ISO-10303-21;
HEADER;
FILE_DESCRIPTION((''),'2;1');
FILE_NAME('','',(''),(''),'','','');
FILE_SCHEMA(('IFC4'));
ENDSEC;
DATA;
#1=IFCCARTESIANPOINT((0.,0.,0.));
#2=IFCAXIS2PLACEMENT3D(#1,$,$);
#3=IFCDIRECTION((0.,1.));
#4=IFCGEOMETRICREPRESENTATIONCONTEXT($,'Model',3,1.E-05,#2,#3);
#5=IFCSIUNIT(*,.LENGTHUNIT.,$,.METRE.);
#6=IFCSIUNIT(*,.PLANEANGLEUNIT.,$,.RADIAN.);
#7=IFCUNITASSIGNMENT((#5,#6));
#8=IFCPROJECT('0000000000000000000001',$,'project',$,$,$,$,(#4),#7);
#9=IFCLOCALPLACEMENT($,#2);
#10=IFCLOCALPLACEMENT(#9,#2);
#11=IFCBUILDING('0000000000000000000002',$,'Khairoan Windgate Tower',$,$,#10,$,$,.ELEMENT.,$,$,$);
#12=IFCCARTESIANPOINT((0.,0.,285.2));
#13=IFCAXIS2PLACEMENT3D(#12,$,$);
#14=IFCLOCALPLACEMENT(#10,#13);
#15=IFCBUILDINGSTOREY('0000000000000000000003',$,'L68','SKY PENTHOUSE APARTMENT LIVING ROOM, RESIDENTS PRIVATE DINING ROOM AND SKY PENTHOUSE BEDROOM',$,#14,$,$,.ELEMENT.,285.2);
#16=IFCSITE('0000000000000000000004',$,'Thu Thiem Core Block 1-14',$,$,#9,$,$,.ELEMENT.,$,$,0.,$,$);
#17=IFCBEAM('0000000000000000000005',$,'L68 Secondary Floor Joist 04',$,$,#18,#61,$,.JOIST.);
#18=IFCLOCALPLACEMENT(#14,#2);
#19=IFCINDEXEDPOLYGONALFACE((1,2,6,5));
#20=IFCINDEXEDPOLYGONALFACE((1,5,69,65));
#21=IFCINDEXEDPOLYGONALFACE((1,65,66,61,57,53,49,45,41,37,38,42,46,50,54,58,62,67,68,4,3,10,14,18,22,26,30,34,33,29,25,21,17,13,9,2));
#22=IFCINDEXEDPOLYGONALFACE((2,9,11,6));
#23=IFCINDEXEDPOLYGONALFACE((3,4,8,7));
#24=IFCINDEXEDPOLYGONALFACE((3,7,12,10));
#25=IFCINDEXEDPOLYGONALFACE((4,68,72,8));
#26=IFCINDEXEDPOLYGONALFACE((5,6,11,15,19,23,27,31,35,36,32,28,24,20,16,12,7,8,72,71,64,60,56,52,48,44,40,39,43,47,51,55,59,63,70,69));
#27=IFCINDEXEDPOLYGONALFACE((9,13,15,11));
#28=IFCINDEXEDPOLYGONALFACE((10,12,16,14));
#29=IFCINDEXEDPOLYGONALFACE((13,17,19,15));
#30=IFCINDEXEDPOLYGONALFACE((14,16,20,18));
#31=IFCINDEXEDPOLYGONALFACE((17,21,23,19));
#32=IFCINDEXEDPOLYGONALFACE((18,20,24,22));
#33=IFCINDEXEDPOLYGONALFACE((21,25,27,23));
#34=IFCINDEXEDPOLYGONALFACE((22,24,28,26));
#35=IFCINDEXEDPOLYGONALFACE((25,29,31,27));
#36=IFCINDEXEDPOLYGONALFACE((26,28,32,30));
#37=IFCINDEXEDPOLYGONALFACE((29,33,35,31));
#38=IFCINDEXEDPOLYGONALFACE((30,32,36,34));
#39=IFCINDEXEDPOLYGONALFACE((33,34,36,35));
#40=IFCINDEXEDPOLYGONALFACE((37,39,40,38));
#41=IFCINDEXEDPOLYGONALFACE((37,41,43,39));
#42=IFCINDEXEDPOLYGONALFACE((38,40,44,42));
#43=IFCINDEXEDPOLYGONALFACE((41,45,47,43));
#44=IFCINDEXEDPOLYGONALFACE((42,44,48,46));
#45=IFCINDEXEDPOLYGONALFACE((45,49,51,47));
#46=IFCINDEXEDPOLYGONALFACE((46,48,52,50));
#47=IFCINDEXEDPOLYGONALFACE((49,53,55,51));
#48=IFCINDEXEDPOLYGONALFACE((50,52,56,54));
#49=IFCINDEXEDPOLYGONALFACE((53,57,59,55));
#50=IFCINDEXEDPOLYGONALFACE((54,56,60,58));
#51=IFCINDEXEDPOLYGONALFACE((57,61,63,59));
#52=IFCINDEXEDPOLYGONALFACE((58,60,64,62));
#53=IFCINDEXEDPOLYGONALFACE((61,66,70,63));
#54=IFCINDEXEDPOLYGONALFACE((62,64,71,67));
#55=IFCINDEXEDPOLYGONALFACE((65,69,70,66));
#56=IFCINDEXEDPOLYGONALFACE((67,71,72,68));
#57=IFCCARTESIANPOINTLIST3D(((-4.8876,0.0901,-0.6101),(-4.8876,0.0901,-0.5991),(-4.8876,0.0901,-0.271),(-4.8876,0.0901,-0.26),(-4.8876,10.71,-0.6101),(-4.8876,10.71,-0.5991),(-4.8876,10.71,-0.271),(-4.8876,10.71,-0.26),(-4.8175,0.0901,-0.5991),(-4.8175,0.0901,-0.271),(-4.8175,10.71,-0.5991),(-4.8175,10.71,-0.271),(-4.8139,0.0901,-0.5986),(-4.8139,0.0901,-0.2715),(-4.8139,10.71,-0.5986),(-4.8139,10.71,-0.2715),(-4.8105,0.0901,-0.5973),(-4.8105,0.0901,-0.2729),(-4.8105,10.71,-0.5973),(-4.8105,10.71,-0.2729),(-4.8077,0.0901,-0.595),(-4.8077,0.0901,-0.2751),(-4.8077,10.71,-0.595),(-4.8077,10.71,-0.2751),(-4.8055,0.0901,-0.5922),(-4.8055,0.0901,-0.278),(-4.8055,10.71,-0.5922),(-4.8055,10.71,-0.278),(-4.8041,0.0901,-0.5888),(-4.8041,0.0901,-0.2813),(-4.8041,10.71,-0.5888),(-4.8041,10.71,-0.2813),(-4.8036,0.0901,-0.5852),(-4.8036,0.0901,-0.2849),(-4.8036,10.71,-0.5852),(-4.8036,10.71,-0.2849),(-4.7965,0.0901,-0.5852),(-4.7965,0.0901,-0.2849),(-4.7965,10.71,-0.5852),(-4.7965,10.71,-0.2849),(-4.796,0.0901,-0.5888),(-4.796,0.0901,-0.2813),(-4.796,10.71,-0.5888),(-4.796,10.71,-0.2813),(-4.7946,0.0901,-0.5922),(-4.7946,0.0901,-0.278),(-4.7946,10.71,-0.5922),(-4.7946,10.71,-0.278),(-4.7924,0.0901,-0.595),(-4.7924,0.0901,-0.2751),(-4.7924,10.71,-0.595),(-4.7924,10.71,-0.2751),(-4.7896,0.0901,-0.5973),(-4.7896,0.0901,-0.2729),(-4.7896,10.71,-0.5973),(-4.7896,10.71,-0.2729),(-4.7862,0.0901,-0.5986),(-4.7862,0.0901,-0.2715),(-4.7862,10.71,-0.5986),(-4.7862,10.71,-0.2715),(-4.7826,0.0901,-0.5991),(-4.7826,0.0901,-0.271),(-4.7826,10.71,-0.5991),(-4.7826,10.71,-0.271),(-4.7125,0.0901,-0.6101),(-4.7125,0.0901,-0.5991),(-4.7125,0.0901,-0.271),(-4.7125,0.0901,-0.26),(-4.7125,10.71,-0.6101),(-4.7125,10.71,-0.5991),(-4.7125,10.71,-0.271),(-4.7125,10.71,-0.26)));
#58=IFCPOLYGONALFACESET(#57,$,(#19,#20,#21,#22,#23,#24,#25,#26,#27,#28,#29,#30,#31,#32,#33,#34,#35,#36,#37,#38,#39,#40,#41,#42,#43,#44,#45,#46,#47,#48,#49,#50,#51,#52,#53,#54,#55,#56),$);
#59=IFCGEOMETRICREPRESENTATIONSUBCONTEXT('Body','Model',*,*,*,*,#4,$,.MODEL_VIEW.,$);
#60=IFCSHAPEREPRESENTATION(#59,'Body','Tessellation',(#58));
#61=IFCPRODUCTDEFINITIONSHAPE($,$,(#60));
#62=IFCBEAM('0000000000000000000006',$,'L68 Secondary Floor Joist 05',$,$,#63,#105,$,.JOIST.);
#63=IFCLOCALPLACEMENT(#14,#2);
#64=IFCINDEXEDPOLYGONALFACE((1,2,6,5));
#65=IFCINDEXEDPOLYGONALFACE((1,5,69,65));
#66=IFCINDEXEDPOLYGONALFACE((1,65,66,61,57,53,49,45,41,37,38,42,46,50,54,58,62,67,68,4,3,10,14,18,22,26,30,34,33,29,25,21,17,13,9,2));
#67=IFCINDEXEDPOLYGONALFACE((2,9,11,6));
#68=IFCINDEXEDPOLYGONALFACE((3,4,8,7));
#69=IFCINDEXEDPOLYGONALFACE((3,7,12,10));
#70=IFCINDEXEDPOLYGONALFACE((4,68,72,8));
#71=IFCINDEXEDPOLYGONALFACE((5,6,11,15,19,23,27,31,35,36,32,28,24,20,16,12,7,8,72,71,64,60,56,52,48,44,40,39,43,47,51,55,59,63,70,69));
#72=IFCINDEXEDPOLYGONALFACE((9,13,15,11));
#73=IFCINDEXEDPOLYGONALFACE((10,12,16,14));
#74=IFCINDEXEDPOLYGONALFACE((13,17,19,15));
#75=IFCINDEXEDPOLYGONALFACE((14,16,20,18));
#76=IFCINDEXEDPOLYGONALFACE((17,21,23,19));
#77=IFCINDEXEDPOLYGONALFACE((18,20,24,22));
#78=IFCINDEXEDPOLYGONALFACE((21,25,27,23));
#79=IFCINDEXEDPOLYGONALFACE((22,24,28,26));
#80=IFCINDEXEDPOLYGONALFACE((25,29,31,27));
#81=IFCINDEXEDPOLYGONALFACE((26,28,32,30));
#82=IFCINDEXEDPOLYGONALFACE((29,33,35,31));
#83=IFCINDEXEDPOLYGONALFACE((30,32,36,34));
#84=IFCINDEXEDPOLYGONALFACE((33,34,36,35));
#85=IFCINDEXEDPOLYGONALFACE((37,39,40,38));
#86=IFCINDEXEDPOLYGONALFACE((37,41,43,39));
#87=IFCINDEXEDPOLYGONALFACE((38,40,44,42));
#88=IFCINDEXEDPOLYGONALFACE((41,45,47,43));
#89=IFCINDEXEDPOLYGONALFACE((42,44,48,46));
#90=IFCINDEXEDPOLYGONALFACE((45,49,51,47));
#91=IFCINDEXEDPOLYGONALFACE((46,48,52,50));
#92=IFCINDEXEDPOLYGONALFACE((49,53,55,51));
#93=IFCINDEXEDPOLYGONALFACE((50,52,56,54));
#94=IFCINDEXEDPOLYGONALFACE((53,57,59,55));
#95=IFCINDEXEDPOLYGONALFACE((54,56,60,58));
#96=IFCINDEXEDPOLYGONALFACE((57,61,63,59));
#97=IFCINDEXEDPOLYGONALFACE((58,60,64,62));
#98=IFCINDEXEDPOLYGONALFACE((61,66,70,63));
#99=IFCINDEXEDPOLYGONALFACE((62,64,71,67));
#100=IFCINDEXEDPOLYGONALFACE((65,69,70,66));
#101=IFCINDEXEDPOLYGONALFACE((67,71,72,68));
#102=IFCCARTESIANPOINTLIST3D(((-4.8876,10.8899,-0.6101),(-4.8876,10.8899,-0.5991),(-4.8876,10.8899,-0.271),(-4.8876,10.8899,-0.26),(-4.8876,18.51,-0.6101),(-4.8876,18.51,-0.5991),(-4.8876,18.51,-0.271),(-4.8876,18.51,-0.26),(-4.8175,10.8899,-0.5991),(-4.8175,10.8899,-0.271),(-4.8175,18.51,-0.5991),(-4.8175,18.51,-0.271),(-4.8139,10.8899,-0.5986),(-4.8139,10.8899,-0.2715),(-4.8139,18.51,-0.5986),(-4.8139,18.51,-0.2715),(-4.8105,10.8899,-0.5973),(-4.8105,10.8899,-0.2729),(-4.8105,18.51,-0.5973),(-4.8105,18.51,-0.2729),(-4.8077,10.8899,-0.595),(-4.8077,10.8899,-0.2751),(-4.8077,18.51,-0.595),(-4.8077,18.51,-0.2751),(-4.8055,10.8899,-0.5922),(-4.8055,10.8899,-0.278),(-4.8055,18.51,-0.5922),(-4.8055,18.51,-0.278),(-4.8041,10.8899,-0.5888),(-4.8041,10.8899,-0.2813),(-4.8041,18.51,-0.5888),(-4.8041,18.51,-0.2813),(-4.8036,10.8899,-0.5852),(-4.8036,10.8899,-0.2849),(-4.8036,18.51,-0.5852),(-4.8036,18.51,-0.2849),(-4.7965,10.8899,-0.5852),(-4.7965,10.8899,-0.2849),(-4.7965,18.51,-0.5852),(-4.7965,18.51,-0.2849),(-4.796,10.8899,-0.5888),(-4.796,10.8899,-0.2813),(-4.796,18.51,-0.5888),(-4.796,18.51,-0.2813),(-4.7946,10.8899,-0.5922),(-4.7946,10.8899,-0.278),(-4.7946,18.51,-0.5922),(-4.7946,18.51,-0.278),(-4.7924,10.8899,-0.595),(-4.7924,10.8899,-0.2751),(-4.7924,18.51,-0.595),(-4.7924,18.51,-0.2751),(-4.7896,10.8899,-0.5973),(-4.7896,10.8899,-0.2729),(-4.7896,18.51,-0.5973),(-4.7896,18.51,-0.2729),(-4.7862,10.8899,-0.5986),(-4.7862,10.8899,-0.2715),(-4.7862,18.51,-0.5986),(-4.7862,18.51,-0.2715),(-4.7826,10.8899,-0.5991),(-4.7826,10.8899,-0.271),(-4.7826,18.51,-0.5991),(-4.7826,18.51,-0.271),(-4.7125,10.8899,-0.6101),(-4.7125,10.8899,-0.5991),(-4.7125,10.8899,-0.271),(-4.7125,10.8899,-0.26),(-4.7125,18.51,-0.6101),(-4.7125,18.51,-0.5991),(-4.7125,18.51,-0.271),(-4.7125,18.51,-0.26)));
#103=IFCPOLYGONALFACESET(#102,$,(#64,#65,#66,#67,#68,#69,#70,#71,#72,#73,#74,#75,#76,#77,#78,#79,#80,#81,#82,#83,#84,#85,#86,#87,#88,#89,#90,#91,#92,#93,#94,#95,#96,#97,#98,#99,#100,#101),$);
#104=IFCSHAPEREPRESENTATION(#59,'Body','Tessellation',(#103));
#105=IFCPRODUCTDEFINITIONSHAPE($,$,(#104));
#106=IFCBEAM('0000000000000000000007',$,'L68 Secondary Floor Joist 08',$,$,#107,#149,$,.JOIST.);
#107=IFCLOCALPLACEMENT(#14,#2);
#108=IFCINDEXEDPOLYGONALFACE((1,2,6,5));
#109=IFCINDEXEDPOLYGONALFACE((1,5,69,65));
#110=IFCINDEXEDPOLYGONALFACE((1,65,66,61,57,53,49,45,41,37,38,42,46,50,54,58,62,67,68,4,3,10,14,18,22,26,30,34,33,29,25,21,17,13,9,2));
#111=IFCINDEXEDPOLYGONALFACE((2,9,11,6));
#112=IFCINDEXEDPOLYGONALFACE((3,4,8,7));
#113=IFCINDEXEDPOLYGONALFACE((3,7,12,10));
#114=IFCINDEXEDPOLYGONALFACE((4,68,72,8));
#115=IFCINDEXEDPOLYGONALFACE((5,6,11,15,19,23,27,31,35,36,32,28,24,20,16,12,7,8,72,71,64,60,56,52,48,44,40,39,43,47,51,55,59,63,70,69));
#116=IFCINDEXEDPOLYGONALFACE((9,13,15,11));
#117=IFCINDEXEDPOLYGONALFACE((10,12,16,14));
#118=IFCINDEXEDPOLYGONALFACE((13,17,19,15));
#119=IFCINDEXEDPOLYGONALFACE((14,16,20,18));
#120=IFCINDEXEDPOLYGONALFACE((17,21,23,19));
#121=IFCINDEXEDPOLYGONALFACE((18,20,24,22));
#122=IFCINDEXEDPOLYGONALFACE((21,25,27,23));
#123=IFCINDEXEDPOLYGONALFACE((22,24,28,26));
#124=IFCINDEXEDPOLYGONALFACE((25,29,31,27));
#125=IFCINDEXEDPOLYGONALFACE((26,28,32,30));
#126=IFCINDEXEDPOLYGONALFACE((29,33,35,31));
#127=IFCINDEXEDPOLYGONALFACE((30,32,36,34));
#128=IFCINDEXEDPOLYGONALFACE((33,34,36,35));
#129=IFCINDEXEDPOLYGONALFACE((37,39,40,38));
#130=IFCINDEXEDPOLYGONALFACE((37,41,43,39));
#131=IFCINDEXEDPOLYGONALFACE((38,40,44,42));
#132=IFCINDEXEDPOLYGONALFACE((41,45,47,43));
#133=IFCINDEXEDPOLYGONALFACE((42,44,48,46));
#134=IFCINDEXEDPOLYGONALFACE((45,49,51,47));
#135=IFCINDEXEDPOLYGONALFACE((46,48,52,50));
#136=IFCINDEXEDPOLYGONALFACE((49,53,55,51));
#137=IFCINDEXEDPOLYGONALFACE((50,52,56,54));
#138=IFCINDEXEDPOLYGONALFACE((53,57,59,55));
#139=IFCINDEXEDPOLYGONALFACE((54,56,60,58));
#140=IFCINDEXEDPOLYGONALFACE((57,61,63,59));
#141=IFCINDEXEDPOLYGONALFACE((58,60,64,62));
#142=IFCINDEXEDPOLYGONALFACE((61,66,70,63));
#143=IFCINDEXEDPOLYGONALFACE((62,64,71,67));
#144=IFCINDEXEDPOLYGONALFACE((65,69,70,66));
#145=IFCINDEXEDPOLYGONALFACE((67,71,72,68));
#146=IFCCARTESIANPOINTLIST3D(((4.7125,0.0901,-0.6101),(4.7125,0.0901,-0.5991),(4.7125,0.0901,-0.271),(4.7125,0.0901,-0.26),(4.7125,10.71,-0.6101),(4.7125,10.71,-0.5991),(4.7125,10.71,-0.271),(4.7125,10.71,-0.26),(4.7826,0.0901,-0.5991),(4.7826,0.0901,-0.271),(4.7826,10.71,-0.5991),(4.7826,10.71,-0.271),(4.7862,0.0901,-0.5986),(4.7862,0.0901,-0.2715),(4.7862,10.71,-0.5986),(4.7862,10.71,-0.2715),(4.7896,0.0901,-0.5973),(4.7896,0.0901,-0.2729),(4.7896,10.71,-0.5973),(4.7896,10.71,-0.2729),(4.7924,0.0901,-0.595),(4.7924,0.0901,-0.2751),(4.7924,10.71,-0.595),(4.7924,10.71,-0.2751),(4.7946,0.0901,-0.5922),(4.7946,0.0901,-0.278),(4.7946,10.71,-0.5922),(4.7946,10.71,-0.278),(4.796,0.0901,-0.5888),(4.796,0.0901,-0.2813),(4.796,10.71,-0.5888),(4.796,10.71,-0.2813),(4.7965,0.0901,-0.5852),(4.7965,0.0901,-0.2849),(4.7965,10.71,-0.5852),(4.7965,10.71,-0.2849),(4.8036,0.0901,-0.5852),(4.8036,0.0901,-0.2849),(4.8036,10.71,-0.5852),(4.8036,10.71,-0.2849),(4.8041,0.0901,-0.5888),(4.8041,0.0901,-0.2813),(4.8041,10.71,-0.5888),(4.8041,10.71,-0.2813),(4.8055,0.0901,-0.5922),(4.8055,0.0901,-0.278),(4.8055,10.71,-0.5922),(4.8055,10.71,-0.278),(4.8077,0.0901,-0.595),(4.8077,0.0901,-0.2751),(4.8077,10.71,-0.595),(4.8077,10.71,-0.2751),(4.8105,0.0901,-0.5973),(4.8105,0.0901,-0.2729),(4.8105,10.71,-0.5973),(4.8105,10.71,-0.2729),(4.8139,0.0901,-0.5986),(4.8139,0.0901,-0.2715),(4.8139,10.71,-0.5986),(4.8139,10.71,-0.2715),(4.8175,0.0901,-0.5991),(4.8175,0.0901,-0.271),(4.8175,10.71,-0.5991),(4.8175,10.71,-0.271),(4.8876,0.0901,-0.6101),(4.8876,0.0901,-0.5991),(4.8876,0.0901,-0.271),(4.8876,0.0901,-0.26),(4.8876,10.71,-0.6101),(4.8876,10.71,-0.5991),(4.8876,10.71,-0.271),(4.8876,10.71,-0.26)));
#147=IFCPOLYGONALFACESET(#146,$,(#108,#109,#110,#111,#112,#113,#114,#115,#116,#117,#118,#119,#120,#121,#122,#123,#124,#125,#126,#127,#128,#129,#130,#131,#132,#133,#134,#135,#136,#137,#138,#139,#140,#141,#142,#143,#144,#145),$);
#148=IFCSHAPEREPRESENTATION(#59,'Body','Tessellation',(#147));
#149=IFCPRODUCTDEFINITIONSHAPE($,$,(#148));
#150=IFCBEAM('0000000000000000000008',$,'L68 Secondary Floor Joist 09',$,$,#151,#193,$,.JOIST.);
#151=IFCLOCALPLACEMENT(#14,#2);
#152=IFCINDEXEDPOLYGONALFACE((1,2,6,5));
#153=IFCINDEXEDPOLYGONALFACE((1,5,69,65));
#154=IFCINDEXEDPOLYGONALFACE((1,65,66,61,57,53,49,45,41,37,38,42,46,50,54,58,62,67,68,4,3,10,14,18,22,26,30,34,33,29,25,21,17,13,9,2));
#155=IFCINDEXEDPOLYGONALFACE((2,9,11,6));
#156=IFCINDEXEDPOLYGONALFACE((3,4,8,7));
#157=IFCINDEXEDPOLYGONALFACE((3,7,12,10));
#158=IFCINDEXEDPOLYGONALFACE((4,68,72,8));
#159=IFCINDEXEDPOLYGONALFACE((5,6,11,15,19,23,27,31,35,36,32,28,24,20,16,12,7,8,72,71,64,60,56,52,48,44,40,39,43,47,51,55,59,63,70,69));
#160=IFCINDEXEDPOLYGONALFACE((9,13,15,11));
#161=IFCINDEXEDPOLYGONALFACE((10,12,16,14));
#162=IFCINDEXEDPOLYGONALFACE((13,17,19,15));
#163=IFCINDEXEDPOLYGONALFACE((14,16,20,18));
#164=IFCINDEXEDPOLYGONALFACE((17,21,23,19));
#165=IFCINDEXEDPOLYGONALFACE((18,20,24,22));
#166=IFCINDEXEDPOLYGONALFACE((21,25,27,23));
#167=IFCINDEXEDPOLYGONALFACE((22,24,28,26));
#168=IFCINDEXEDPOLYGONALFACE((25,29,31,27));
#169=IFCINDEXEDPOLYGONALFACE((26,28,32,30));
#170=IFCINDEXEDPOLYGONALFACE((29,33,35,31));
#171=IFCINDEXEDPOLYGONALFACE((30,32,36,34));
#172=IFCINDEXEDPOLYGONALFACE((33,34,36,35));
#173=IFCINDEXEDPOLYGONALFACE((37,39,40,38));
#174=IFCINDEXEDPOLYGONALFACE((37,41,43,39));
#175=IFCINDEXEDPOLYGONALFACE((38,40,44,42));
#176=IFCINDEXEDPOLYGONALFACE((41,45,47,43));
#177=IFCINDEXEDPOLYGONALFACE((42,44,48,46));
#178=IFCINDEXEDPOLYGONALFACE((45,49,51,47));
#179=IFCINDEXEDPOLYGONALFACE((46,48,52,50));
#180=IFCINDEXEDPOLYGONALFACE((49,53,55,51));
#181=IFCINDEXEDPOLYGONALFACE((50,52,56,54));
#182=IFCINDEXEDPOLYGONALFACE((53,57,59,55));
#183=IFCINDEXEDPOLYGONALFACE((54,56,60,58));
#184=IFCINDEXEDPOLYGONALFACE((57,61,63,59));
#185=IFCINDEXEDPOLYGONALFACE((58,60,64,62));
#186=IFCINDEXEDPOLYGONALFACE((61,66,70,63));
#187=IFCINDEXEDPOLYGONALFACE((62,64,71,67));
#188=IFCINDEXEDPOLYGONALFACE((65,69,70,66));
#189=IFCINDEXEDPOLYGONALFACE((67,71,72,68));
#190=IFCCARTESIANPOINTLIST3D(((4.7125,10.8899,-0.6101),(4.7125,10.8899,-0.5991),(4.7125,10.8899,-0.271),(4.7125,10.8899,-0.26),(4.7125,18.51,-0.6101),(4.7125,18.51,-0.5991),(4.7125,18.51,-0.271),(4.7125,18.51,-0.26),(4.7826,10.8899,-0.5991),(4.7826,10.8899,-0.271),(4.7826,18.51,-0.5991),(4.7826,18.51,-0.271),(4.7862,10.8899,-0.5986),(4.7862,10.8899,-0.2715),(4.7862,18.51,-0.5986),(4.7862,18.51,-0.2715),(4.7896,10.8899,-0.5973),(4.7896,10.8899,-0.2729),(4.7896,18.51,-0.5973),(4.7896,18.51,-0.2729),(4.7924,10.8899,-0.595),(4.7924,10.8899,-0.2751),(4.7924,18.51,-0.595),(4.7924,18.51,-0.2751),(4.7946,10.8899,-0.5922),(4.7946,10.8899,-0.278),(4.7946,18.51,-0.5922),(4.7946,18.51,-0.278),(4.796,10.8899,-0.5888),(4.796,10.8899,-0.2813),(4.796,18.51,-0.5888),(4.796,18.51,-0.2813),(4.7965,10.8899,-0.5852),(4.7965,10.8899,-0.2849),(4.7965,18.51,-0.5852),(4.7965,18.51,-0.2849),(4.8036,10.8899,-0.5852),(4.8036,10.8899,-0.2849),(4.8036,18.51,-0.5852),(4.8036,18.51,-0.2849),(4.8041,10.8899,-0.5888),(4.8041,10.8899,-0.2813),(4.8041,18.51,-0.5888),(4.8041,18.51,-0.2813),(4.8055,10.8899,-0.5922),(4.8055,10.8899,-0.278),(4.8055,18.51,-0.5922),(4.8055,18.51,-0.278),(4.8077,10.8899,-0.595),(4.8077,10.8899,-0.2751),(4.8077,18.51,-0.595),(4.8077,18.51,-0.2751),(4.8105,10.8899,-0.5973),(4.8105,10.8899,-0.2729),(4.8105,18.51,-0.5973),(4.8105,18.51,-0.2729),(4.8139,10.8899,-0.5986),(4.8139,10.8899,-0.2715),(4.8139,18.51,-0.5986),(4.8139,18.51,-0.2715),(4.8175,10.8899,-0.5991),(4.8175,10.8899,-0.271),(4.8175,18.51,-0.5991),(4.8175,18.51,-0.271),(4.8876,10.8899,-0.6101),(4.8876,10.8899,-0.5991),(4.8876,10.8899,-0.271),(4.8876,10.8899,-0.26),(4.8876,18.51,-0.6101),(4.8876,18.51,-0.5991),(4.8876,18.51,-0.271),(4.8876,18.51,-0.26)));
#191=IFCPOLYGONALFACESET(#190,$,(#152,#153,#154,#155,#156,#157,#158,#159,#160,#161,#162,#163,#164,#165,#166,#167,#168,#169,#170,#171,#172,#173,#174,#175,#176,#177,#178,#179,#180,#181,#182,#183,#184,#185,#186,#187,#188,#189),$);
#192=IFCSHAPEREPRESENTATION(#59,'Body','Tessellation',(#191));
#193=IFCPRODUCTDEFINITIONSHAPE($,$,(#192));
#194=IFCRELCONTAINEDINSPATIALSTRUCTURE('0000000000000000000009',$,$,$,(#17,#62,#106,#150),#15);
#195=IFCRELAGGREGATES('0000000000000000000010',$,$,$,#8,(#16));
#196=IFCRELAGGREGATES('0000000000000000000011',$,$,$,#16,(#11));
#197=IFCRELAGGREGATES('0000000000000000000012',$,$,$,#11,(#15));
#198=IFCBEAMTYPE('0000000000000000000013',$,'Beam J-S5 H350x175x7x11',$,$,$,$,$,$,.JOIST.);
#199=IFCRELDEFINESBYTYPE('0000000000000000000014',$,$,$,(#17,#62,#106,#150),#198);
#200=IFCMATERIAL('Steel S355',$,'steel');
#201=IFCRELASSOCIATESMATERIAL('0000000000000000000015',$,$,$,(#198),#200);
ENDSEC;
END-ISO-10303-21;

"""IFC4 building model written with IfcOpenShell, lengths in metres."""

from ifc_helpers import new_model, si_unit, direction, frame, origin, origin_2d, place, context, subcontext, project, spatial, i_section, extrude, material, material_profile, profile_set, type_object, element, save


model = new_model("IFC4")

# Units and contexts
model_context = context("Model", 3, precision=1e-05, world=origin(), true_north=direction((0.0, 1.0)))
body_context = subcontext(model_context, "Body", "Model", "MODEL_VIEW")
ifc_project = project(units=[si_unit("LENGTHUNIT", "METRE"), si_unit("PLANEANGLEUNIT", "RADIAN")], contexts=[model_context])

# Site, building, storey
site_placement = place(None, origin())
site = spatial("IfcSite", under=ifc_project, at=site_placement, Name="Thu Thiem Core Block 1-14", CompositionType="ELEMENT", RefElevation=0.0)
building_placement = place(site_placement, origin())
building = spatial("IfcBuilding", under=site, at=building_placement, Name="Khairoan Windgate Tower", CompositionType="ELEMENT")
storey_placement = place(building_placement, frame((0.0, 0.0, 285.2)))
storey = spatial("IfcBuildingStorey", under=building, at=storey_placement, Name="L68", Description="SKY PENTHOUSE APARTMENT LIVING ROOM, RESIDENTS PRIVATE DINING ROOM AND SKY PENTHOUSE BEDROOM", CompositionType="ELEMENT", Elevation=285.2)

# Beams
ifc_material_1 = material(Name="Steel S355", Category="steel")
ifc_material_profile = material_profile(ifc_material_1, i_section(OverallWidth=0.175, OverallDepth=0.3501, WebThickness=0.0071, FlangeThickness=0.011, FilletRadius=0.0139, at=origin_2d()))
ifc_profile_set = profile_set([ifc_material_profile], Name="Steel S355")
beam_type = type_object("IfcBeamType", Name="Beam J-S5 H350x175x7x11", PredefinedType="JOIST", material=ifc_profile_set)
beam_1_placement = place(storey_placement, frame((-4.8, 0.0901, -0.4351), z_axis=(0.0, 1.0, 0.0), x_axis=(-1.0, 0.0, 0.0)))
element("IfcBeam", 1, at=beam_1_placement, inside=storey, type_object=beam_type, Name="L68 Secondary Floor Joist 04", PredefinedType="JOIST", context=body_context, shape_type="SweptSolid", body=[
    extrude(i_section(OverallWidth=0.175, OverallDepth=0.3501, WebThickness=0.0071, FlangeThickness=0.011, FilletRadius=0.0139, at=origin_2d()), origin(), (0.0, 0.0, 1.0), 10.6199),
])
beam_2_placement = place(storey_placement, frame((-4.8, 10.8899, -0.4351), z_axis=(0.0, 1.0, 0.0), x_axis=(-1.0, 0.0, 0.0)))
element("IfcBeam", 2, at=beam_2_placement, inside=storey, type_object=beam_type, Name="L68 Secondary Floor Joist 05", PredefinedType="JOIST", context=body_context, shape_type="SweptSolid", body=[
    extrude(i_section(OverallWidth=0.175, OverallDepth=0.3501, WebThickness=0.0071, FlangeThickness=0.011, FilletRadius=0.0139, at=origin_2d()), origin(), (0.0, 0.0, 1.0), 7.6201),
])
beam_3_placement = place(storey_placement, frame((4.8, 0.0901, -0.4351), z_axis=(0.0, 1.0, 0.0), x_axis=(-1.0, 0.0, 0.0)))
element("IfcBeam", 3, at=beam_3_placement, inside=storey, type_object=beam_type, Name="L68 Secondary Floor Joist 08", PredefinedType="JOIST", context=body_context, shape_type="SweptSolid", body=[
    extrude(i_section(OverallWidth=0.175, OverallDepth=0.3501, WebThickness=0.0071, FlangeThickness=0.011, FilletRadius=0.0139, at=origin_2d()), origin(), (0.0, 0.0, 1.0), 10.6199),
])
beam_4_placement = place(storey_placement, frame((4.8, 10.8899, -0.4351), z_axis=(0.0, 1.0, 0.0), x_axis=(-1.0, 0.0, 0.0)))
element("IfcBeam", 4, at=beam_4_placement, inside=storey, type_object=beam_type, Name="L68 Secondary Floor Joist 09", PredefinedType="JOIST", context=body_context, shape_type="SweptSolid", body=[
    extrude(i_section(OverallWidth=0.175, OverallDepth=0.3501, WebThickness=0.0071, FlangeThickness=0.011, FilletRadius=0.0139, at=origin_2d()), origin(), (0.0, 0.0, 1.0), 7.6201),
])

save(model, "model.ifc")
